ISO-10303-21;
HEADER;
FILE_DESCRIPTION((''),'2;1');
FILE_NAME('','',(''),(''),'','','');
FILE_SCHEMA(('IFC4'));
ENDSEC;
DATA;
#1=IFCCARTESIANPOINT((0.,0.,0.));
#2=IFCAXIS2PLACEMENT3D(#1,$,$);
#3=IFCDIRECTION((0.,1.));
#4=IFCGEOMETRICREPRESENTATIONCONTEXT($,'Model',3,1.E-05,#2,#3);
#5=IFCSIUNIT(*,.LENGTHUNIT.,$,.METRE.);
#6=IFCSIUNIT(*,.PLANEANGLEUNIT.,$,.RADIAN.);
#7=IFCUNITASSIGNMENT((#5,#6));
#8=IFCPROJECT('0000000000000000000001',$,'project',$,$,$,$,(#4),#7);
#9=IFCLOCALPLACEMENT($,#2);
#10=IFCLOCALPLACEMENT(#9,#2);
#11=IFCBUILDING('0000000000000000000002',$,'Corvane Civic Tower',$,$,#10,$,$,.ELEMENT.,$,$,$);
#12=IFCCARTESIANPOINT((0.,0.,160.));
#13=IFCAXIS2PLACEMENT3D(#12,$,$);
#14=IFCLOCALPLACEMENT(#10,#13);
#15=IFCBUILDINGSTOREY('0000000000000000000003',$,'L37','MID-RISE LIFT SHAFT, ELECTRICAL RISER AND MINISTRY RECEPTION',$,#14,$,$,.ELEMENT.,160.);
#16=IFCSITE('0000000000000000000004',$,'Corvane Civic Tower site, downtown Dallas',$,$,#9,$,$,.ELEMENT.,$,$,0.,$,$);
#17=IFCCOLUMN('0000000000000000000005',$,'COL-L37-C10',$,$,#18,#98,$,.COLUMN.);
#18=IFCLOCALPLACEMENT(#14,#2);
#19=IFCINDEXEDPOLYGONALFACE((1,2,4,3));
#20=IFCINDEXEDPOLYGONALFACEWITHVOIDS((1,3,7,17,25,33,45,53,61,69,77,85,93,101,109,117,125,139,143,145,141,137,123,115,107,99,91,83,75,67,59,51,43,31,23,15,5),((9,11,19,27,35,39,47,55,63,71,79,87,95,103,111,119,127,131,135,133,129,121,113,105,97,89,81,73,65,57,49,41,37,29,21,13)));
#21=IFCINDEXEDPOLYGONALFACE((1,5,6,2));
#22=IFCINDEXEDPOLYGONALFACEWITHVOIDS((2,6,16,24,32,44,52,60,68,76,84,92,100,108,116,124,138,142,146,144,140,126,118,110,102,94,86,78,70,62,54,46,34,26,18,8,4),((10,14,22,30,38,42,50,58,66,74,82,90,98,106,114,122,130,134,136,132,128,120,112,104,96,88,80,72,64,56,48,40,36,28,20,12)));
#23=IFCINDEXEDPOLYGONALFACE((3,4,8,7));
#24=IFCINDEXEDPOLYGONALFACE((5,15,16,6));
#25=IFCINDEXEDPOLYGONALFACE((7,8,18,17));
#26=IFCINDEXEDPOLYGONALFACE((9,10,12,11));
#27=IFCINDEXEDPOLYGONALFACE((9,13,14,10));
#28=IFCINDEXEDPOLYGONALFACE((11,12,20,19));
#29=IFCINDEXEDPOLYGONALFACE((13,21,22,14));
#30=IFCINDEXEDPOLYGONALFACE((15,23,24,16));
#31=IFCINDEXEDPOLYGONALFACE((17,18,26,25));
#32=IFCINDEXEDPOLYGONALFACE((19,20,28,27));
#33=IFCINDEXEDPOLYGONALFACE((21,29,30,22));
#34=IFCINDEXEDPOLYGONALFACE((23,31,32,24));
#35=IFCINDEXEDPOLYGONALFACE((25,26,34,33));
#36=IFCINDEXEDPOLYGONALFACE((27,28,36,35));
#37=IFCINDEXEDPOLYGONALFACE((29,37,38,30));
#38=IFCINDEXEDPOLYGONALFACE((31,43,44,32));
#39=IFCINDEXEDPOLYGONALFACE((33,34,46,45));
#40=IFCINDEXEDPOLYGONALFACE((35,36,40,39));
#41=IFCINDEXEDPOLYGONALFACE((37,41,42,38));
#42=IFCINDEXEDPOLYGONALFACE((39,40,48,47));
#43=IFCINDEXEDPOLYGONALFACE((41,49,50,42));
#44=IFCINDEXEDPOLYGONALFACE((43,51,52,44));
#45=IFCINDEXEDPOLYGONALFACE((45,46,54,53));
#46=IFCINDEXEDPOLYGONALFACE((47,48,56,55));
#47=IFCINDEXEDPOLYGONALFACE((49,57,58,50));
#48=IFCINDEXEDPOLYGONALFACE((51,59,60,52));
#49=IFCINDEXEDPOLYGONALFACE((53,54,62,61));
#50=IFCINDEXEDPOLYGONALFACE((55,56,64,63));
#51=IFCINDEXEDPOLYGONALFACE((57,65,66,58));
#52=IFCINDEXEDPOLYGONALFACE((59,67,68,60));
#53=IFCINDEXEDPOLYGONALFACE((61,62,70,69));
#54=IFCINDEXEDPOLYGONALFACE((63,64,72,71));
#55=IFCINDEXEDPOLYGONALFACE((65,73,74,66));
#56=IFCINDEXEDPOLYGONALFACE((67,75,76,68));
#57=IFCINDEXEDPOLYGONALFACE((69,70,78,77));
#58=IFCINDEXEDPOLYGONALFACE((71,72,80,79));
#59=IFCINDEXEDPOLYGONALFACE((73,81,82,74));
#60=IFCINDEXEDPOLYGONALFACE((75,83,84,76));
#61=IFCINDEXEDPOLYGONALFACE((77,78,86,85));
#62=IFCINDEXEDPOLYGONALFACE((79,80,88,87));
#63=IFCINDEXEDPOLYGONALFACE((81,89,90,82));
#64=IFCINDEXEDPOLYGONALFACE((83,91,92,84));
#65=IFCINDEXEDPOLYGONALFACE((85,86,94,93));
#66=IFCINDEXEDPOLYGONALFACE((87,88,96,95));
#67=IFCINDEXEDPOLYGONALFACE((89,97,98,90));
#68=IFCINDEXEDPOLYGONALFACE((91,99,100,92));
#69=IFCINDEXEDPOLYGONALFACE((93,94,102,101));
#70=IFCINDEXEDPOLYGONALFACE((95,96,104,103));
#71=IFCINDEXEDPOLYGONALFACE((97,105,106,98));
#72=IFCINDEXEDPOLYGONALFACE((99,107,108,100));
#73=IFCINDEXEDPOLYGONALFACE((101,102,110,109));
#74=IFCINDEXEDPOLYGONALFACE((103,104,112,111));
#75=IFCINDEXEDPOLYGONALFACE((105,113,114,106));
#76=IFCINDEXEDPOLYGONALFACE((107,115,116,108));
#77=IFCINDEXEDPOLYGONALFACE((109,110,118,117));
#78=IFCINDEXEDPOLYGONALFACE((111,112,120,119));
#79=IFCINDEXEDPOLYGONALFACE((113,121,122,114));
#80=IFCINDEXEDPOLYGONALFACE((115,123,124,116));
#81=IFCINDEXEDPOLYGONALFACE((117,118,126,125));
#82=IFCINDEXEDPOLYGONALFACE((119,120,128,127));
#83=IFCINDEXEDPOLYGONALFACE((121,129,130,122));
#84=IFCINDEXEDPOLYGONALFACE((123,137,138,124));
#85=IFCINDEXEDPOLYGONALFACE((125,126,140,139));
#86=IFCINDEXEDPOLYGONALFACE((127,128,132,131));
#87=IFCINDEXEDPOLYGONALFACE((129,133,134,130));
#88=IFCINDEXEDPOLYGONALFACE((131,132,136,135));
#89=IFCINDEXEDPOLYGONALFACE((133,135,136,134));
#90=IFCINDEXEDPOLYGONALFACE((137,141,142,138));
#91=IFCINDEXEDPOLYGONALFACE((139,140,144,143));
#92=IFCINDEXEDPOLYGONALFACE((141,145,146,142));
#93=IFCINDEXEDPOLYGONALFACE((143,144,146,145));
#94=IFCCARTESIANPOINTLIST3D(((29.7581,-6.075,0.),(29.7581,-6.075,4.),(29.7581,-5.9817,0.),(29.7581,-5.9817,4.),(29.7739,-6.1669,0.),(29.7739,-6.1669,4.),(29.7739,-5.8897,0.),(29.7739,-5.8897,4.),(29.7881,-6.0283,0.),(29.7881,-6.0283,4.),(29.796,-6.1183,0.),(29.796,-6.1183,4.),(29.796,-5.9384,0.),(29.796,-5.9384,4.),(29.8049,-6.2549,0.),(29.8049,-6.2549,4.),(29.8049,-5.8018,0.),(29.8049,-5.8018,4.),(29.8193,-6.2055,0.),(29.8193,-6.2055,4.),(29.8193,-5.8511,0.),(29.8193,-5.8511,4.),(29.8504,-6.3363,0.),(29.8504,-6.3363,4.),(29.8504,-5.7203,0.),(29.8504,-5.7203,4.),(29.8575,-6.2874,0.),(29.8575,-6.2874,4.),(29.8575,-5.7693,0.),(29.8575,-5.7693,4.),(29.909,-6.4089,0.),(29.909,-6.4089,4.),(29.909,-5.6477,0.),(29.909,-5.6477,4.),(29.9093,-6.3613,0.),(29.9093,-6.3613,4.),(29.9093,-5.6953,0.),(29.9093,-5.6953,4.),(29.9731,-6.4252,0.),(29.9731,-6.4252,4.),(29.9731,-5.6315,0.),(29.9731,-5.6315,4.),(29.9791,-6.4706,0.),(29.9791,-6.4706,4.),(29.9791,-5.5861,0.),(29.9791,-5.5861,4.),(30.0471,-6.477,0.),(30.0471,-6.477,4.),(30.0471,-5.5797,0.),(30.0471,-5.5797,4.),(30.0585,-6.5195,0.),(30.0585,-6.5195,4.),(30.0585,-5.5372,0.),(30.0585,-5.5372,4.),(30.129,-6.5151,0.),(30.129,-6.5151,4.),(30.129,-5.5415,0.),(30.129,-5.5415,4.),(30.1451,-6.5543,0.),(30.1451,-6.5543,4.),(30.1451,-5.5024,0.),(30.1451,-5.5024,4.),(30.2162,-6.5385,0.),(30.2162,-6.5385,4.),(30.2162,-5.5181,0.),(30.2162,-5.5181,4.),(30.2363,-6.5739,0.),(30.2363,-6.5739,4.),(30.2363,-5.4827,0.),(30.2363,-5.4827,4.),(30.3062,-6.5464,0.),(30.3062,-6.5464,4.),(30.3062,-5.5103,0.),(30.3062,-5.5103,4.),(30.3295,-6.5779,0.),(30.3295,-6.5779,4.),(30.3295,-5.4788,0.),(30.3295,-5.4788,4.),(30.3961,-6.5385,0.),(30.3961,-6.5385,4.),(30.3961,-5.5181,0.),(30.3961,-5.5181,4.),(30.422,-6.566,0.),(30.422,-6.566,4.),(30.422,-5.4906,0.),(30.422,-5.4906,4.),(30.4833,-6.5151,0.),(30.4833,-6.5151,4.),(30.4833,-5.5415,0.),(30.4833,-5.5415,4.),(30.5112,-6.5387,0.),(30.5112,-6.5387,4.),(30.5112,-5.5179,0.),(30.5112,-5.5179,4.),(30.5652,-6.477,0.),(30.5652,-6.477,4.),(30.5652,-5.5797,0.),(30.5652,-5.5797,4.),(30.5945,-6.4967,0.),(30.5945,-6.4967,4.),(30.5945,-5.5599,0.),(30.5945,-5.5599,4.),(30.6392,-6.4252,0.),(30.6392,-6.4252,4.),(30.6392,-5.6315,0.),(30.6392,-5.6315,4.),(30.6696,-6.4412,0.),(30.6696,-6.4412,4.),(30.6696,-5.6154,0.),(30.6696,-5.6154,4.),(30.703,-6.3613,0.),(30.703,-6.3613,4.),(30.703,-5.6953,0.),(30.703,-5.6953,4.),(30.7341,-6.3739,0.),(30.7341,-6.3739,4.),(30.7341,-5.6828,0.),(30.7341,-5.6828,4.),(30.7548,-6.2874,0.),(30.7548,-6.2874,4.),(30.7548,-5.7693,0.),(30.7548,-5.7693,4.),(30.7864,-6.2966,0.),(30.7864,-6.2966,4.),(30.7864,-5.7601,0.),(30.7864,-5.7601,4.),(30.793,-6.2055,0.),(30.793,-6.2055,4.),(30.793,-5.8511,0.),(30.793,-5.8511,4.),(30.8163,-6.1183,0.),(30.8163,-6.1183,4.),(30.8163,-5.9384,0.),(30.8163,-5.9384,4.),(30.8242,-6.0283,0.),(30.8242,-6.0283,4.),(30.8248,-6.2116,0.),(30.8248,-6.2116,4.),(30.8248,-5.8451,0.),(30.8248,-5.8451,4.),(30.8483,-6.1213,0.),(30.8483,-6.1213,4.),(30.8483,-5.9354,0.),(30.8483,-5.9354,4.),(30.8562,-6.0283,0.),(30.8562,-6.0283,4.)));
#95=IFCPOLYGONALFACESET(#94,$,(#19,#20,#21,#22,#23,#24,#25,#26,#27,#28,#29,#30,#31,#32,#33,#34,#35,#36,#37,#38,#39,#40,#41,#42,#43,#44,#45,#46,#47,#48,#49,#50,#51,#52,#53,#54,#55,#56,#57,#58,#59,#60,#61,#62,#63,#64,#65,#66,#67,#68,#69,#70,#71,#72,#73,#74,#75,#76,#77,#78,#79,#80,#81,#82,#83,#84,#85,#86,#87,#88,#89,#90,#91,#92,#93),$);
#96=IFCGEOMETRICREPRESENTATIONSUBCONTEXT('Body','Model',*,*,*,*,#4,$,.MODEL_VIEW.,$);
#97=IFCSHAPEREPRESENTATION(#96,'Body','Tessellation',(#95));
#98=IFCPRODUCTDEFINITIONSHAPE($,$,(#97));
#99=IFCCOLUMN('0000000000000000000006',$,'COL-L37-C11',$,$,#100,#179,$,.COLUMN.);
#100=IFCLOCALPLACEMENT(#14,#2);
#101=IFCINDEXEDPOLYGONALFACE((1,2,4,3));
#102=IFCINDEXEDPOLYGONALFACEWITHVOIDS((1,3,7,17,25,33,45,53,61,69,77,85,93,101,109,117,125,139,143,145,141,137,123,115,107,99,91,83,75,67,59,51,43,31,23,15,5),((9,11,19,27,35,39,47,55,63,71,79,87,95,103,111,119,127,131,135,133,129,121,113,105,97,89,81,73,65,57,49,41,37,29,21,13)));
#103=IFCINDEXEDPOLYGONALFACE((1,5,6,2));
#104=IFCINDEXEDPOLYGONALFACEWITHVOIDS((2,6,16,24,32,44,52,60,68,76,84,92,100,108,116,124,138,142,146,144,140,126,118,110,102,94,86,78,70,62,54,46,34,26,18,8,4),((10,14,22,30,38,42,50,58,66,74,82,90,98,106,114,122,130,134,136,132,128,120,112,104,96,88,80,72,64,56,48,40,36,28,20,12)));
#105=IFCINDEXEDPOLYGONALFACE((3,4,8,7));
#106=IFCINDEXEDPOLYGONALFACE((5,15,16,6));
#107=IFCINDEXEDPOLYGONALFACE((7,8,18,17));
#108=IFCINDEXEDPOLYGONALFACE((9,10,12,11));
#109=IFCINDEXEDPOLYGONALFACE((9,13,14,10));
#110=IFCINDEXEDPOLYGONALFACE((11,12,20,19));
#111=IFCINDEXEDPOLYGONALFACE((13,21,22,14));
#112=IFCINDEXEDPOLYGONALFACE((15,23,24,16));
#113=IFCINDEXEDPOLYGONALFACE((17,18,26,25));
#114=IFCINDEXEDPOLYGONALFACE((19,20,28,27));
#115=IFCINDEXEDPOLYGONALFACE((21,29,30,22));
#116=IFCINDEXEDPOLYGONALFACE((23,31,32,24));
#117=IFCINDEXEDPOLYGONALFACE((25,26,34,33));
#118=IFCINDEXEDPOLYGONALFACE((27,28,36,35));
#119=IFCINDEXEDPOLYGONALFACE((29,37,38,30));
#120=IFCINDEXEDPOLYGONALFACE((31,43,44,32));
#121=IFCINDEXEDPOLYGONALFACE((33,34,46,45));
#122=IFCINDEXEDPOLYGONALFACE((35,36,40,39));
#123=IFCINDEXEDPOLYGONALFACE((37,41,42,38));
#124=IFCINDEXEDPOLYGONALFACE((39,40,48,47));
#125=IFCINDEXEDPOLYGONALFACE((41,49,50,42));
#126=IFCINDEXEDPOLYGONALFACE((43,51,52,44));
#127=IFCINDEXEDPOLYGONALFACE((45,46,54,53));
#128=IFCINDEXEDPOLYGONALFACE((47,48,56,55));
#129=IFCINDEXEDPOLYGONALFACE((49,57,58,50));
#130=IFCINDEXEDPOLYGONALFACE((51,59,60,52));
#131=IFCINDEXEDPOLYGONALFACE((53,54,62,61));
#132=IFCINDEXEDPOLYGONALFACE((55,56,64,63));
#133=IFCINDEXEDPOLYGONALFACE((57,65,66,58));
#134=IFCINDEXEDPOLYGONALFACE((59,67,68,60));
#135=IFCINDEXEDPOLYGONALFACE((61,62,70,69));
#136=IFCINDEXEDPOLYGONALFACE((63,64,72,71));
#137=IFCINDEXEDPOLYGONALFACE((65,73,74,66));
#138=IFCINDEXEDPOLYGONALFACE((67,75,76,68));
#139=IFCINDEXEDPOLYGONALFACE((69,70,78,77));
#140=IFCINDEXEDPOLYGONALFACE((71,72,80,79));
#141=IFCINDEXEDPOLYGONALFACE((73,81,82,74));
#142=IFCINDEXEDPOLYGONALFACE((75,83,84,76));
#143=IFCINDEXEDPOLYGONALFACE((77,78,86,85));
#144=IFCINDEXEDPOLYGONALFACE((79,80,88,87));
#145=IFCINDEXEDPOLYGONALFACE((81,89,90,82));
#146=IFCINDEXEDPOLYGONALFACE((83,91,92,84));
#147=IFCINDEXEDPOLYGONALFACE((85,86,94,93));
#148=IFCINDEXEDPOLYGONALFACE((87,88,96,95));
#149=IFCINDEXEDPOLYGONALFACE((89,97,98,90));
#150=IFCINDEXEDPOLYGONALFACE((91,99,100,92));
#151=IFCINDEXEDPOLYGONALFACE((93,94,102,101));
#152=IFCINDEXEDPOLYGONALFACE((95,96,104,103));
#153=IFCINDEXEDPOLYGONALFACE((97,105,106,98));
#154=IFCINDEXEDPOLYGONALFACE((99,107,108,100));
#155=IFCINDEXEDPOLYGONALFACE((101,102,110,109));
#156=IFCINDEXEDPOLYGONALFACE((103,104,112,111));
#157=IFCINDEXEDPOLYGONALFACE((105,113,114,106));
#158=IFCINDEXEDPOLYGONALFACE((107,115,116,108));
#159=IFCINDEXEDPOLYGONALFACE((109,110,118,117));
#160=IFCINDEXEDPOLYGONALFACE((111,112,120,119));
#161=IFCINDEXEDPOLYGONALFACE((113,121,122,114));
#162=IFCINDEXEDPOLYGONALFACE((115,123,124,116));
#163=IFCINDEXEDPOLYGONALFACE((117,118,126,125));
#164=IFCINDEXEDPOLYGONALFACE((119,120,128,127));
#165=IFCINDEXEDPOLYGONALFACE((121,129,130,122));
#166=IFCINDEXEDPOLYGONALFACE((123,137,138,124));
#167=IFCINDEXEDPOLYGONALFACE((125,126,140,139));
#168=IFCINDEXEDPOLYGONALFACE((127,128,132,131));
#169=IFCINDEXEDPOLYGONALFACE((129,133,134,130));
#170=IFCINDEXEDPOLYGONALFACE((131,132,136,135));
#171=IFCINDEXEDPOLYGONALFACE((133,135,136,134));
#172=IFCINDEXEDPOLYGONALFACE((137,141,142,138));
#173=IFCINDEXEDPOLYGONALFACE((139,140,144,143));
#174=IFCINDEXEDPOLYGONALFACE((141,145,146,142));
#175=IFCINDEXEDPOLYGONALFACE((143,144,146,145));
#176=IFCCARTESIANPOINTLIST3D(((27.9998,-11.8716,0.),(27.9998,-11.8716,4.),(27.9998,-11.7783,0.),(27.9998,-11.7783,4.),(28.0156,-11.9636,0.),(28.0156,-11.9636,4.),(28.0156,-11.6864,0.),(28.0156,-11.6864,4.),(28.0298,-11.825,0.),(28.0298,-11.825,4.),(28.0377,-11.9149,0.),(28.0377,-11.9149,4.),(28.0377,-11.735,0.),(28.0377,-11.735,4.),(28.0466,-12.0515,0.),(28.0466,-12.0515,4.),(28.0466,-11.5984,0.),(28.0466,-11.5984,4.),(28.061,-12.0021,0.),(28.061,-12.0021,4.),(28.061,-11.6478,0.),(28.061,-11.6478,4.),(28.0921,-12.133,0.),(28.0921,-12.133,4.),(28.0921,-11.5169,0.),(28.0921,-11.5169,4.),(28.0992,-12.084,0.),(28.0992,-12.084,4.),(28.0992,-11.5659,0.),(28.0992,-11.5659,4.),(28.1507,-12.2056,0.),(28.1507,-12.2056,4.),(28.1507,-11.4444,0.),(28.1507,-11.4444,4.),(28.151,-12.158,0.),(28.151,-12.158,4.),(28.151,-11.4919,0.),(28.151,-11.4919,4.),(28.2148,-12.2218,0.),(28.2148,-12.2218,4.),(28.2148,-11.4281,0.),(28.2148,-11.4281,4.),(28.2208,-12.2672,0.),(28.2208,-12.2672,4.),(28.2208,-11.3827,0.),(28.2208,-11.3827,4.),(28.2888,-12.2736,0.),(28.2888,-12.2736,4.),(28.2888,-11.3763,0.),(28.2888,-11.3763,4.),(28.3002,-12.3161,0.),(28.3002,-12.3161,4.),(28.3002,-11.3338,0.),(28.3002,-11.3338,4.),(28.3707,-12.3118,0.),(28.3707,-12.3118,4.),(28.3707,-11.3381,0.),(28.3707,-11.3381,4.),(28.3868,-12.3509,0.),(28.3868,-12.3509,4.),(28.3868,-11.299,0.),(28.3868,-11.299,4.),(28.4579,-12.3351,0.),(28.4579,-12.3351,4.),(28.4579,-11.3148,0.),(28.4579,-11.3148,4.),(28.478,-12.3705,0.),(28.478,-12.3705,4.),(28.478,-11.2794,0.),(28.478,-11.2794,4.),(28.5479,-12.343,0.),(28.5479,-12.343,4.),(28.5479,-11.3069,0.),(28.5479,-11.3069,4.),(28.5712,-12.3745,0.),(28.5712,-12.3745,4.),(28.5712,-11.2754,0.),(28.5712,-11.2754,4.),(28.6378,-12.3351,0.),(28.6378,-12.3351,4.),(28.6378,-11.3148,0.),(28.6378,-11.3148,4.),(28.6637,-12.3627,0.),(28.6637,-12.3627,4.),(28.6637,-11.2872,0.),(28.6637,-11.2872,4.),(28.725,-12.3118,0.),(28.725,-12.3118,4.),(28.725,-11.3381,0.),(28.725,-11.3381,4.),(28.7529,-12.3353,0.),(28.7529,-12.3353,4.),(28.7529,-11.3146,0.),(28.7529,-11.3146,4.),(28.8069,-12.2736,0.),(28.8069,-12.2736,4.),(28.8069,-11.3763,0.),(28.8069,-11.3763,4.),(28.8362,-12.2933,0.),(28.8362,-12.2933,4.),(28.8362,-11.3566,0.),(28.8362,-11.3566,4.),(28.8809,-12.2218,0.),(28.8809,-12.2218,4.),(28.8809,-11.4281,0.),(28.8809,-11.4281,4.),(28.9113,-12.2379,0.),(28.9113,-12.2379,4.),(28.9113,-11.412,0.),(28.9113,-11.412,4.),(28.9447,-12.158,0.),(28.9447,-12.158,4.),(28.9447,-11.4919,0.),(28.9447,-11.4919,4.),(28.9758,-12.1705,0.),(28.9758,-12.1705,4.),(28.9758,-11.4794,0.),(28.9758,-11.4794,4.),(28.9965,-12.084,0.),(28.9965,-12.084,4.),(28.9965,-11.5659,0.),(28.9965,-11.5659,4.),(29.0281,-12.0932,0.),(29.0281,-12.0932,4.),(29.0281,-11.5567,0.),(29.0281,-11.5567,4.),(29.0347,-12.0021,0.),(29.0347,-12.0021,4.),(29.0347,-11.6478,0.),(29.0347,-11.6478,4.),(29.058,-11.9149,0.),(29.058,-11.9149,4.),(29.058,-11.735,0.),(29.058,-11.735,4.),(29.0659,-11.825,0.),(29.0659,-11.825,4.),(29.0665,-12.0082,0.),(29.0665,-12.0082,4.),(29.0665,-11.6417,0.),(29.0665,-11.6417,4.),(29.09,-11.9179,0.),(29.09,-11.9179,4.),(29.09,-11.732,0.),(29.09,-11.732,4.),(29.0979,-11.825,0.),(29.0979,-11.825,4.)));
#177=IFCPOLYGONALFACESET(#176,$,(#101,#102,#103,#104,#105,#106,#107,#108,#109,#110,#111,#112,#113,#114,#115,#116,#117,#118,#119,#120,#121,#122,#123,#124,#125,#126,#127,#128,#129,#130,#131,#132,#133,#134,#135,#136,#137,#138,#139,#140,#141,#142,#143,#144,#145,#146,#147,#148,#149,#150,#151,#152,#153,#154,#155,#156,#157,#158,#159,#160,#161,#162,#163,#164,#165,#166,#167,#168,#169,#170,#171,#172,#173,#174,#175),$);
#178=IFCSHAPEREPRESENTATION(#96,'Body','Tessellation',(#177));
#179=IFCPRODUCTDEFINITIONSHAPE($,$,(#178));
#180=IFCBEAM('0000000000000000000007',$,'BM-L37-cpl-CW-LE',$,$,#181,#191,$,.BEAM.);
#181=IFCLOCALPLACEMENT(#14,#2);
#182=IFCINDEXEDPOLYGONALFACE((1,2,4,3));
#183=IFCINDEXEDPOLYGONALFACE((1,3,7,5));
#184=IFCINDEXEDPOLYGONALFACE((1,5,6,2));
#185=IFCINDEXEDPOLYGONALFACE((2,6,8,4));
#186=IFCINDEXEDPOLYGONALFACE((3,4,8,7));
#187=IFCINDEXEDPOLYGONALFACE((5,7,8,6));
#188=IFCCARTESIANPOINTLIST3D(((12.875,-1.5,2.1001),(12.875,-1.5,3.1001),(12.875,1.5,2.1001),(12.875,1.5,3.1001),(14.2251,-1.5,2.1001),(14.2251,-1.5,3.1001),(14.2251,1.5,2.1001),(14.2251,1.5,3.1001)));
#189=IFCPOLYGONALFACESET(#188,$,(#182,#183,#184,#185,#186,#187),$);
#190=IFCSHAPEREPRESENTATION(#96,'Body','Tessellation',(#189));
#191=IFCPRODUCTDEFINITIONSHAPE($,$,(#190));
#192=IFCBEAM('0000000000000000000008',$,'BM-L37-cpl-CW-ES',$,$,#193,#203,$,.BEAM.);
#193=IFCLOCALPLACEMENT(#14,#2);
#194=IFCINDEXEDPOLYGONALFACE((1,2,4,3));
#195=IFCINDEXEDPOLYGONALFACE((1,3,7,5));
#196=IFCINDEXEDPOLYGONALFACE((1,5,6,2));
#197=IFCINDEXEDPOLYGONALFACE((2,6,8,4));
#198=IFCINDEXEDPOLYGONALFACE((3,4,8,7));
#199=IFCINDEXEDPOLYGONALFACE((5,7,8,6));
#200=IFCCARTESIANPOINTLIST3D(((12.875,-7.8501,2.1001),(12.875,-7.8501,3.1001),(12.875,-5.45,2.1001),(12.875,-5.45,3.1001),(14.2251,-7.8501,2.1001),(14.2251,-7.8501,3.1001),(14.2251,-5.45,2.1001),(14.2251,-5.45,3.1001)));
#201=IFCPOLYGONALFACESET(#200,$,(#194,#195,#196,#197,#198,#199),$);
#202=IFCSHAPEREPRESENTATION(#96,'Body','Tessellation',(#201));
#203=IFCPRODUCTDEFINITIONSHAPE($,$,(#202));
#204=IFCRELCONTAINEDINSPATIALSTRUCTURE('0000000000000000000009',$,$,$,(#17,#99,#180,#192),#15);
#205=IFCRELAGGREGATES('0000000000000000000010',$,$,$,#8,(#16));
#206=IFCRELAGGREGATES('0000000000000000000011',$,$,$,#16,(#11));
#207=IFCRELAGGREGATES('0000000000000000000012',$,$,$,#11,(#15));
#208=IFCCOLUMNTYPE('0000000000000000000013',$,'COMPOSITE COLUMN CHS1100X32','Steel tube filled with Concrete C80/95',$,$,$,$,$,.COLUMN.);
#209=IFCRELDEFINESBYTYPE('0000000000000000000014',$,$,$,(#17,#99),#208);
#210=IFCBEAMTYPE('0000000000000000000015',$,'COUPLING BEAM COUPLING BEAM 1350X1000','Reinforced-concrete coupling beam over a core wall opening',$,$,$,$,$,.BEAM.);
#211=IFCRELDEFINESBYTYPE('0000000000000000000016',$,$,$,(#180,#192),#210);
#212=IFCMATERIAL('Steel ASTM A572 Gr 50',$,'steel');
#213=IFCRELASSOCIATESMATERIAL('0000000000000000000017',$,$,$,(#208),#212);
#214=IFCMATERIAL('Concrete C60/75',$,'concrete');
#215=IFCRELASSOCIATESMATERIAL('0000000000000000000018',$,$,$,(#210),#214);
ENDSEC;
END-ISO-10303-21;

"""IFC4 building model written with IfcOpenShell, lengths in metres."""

from ifc_helpers import new_model, si_unit, direction, frame, origin, origin_2d, place, context, subcontext, project, spatial, rectangle, hollow_circle, extrude, material, material_profile, profile_set, type_object, element, save


model = new_model("IFC4")

# Units and contexts
model_context = context("Model", 3, precision=1e-05, world=origin(), true_north=direction((0.0, 1.0)))
body_context = subcontext(model_context, "Body", "Model", "MODEL_VIEW")
ifc_project = project(units=[si_unit("LENGTHUNIT", "METRE"), si_unit("PLANEANGLEUNIT", "RADIAN")], contexts=[model_context])

# Site, building, storey
site_placement = place(None, origin())
site = spatial("IfcSite", under=ifc_project, at=site_placement, Name="Corvane Civic Tower site, downtown Dallas", CompositionType="ELEMENT", RefElevation=0.0)
building_placement = place(site_placement, origin())
building = spatial("IfcBuilding", under=site, at=building_placement, Name="Corvane Civic Tower", CompositionType="ELEMENT")
storey_placement = place(building_placement, frame((0.0, 0.0, 160.0)))
storey = spatial("IfcBuildingStorey", under=building, at=storey_placement, Name="L37", Description="MID-RISE LIFT SHAFT, ELECTRICAL RISER AND MINISTRY RECEPTION", CompositionType="ELEMENT", Elevation=160.0)

# Columns
ifc_material_1 = material(Name="Steel ASTM A572 Gr 50", Category="steel")
ifc_material_profile_1 = material_profile(ifc_material_1, hollow_circle(Radius=0.55, WallThickness=0.032, at=origin_2d()), Name="CHS1100X32")
ifc_profile_set_1 = profile_set([ifc_material_profile_1], Name="Steel ASTM A572 Gr 50")
column_type = type_object("IfcColumnType", Name="COMPOSITE COLUMN CHS1100X32", Description="Steel tube filled with Concrete C80/95", PredefinedType="COLUMN", material=ifc_profile_set_1)
for number, where, z_axis, x_axis, name in (
    (1, (30.3062, -6.0283, 0.0), (0.0, 0.0, 1.0), (1.0, 0.0, 0.0), "COL-L37-C10"),
    (2, (28.5479, -11.825, 0.0), (0.0, 0.0, 1.0), (1.0, 0.0, 0.0), "COL-L37-C11"),
):
    element("IfcColumn", number, at=place(storey_placement, frame(where, z_axis=z_axis, x_axis=x_axis)), inside=storey, type_object=column_type, Name=name, PredefinedType="COLUMN", context=body_context, shape_type="SweptSolid", body=[
        extrude(hollow_circle(Radius=0.55, WallThickness=0.032, at=origin_2d()), origin(), (0.0, 0.0, 1.0), 4.0),
    ])

# Beams
ifc_material_2 = material(Name="Concrete C60/75", Category="concrete")
ifc_material_profile_2 = material_profile(ifc_material_2, rectangle(XDim=1.3501, YDim=1.0, at=origin_2d()), Name="COUPLING BEAM 1350X1000")
ifc_profile_set_2 = profile_set([ifc_material_profile_2], Name="Concrete C60/75")
beam_type_1 = type_object("IfcBeamType", Name="COUPLING BEAM COUPLING BEAM 1350X1000", Description="Reinforced-concrete coupling beam over a core wall opening", PredefinedType="BEAM", material=ifc_profile_set_2)
beam_1_placement = place(storey_placement, frame((13.55, -1.5, 2.6001), z_axis=(0.0, 1.0, 0.0), x_axis=(-1.0, 0.0, 0.0)))
element("IfcBeam", 3, at=beam_1_placement, inside=storey, type_object=beam_type_1, Name="BM-L37-cpl-CW-LE", PredefinedType="BEAM", context=body_context, shape_type="SweptSolid", body=[
    extrude(rectangle(XDim=1.3501, YDim=1.0, at=origin_2d()), origin(), (0.0, 0.0, 1.0), 3.0),
])
beam_2_placement = place(storey_placement, frame((13.55, -7.8501, 2.6001), z_axis=(0.0, 1.0, 0.0), x_axis=(-1.0, 0.0, 0.0)))
element("IfcBeam", 4, at=beam_2_placement, inside=storey, type_object=beam_type_1, Name="BM-L37-cpl-CW-ES", PredefinedType="BEAM", context=body_context, shape_type="SweptSolid", body=[
    extrude(rectangle(XDim=1.3501, YDim=1.0, at=origin_2d()), origin(), (0.0, 0.0, 1.0), 2.4001),
])

save(model, "model.ifc")
